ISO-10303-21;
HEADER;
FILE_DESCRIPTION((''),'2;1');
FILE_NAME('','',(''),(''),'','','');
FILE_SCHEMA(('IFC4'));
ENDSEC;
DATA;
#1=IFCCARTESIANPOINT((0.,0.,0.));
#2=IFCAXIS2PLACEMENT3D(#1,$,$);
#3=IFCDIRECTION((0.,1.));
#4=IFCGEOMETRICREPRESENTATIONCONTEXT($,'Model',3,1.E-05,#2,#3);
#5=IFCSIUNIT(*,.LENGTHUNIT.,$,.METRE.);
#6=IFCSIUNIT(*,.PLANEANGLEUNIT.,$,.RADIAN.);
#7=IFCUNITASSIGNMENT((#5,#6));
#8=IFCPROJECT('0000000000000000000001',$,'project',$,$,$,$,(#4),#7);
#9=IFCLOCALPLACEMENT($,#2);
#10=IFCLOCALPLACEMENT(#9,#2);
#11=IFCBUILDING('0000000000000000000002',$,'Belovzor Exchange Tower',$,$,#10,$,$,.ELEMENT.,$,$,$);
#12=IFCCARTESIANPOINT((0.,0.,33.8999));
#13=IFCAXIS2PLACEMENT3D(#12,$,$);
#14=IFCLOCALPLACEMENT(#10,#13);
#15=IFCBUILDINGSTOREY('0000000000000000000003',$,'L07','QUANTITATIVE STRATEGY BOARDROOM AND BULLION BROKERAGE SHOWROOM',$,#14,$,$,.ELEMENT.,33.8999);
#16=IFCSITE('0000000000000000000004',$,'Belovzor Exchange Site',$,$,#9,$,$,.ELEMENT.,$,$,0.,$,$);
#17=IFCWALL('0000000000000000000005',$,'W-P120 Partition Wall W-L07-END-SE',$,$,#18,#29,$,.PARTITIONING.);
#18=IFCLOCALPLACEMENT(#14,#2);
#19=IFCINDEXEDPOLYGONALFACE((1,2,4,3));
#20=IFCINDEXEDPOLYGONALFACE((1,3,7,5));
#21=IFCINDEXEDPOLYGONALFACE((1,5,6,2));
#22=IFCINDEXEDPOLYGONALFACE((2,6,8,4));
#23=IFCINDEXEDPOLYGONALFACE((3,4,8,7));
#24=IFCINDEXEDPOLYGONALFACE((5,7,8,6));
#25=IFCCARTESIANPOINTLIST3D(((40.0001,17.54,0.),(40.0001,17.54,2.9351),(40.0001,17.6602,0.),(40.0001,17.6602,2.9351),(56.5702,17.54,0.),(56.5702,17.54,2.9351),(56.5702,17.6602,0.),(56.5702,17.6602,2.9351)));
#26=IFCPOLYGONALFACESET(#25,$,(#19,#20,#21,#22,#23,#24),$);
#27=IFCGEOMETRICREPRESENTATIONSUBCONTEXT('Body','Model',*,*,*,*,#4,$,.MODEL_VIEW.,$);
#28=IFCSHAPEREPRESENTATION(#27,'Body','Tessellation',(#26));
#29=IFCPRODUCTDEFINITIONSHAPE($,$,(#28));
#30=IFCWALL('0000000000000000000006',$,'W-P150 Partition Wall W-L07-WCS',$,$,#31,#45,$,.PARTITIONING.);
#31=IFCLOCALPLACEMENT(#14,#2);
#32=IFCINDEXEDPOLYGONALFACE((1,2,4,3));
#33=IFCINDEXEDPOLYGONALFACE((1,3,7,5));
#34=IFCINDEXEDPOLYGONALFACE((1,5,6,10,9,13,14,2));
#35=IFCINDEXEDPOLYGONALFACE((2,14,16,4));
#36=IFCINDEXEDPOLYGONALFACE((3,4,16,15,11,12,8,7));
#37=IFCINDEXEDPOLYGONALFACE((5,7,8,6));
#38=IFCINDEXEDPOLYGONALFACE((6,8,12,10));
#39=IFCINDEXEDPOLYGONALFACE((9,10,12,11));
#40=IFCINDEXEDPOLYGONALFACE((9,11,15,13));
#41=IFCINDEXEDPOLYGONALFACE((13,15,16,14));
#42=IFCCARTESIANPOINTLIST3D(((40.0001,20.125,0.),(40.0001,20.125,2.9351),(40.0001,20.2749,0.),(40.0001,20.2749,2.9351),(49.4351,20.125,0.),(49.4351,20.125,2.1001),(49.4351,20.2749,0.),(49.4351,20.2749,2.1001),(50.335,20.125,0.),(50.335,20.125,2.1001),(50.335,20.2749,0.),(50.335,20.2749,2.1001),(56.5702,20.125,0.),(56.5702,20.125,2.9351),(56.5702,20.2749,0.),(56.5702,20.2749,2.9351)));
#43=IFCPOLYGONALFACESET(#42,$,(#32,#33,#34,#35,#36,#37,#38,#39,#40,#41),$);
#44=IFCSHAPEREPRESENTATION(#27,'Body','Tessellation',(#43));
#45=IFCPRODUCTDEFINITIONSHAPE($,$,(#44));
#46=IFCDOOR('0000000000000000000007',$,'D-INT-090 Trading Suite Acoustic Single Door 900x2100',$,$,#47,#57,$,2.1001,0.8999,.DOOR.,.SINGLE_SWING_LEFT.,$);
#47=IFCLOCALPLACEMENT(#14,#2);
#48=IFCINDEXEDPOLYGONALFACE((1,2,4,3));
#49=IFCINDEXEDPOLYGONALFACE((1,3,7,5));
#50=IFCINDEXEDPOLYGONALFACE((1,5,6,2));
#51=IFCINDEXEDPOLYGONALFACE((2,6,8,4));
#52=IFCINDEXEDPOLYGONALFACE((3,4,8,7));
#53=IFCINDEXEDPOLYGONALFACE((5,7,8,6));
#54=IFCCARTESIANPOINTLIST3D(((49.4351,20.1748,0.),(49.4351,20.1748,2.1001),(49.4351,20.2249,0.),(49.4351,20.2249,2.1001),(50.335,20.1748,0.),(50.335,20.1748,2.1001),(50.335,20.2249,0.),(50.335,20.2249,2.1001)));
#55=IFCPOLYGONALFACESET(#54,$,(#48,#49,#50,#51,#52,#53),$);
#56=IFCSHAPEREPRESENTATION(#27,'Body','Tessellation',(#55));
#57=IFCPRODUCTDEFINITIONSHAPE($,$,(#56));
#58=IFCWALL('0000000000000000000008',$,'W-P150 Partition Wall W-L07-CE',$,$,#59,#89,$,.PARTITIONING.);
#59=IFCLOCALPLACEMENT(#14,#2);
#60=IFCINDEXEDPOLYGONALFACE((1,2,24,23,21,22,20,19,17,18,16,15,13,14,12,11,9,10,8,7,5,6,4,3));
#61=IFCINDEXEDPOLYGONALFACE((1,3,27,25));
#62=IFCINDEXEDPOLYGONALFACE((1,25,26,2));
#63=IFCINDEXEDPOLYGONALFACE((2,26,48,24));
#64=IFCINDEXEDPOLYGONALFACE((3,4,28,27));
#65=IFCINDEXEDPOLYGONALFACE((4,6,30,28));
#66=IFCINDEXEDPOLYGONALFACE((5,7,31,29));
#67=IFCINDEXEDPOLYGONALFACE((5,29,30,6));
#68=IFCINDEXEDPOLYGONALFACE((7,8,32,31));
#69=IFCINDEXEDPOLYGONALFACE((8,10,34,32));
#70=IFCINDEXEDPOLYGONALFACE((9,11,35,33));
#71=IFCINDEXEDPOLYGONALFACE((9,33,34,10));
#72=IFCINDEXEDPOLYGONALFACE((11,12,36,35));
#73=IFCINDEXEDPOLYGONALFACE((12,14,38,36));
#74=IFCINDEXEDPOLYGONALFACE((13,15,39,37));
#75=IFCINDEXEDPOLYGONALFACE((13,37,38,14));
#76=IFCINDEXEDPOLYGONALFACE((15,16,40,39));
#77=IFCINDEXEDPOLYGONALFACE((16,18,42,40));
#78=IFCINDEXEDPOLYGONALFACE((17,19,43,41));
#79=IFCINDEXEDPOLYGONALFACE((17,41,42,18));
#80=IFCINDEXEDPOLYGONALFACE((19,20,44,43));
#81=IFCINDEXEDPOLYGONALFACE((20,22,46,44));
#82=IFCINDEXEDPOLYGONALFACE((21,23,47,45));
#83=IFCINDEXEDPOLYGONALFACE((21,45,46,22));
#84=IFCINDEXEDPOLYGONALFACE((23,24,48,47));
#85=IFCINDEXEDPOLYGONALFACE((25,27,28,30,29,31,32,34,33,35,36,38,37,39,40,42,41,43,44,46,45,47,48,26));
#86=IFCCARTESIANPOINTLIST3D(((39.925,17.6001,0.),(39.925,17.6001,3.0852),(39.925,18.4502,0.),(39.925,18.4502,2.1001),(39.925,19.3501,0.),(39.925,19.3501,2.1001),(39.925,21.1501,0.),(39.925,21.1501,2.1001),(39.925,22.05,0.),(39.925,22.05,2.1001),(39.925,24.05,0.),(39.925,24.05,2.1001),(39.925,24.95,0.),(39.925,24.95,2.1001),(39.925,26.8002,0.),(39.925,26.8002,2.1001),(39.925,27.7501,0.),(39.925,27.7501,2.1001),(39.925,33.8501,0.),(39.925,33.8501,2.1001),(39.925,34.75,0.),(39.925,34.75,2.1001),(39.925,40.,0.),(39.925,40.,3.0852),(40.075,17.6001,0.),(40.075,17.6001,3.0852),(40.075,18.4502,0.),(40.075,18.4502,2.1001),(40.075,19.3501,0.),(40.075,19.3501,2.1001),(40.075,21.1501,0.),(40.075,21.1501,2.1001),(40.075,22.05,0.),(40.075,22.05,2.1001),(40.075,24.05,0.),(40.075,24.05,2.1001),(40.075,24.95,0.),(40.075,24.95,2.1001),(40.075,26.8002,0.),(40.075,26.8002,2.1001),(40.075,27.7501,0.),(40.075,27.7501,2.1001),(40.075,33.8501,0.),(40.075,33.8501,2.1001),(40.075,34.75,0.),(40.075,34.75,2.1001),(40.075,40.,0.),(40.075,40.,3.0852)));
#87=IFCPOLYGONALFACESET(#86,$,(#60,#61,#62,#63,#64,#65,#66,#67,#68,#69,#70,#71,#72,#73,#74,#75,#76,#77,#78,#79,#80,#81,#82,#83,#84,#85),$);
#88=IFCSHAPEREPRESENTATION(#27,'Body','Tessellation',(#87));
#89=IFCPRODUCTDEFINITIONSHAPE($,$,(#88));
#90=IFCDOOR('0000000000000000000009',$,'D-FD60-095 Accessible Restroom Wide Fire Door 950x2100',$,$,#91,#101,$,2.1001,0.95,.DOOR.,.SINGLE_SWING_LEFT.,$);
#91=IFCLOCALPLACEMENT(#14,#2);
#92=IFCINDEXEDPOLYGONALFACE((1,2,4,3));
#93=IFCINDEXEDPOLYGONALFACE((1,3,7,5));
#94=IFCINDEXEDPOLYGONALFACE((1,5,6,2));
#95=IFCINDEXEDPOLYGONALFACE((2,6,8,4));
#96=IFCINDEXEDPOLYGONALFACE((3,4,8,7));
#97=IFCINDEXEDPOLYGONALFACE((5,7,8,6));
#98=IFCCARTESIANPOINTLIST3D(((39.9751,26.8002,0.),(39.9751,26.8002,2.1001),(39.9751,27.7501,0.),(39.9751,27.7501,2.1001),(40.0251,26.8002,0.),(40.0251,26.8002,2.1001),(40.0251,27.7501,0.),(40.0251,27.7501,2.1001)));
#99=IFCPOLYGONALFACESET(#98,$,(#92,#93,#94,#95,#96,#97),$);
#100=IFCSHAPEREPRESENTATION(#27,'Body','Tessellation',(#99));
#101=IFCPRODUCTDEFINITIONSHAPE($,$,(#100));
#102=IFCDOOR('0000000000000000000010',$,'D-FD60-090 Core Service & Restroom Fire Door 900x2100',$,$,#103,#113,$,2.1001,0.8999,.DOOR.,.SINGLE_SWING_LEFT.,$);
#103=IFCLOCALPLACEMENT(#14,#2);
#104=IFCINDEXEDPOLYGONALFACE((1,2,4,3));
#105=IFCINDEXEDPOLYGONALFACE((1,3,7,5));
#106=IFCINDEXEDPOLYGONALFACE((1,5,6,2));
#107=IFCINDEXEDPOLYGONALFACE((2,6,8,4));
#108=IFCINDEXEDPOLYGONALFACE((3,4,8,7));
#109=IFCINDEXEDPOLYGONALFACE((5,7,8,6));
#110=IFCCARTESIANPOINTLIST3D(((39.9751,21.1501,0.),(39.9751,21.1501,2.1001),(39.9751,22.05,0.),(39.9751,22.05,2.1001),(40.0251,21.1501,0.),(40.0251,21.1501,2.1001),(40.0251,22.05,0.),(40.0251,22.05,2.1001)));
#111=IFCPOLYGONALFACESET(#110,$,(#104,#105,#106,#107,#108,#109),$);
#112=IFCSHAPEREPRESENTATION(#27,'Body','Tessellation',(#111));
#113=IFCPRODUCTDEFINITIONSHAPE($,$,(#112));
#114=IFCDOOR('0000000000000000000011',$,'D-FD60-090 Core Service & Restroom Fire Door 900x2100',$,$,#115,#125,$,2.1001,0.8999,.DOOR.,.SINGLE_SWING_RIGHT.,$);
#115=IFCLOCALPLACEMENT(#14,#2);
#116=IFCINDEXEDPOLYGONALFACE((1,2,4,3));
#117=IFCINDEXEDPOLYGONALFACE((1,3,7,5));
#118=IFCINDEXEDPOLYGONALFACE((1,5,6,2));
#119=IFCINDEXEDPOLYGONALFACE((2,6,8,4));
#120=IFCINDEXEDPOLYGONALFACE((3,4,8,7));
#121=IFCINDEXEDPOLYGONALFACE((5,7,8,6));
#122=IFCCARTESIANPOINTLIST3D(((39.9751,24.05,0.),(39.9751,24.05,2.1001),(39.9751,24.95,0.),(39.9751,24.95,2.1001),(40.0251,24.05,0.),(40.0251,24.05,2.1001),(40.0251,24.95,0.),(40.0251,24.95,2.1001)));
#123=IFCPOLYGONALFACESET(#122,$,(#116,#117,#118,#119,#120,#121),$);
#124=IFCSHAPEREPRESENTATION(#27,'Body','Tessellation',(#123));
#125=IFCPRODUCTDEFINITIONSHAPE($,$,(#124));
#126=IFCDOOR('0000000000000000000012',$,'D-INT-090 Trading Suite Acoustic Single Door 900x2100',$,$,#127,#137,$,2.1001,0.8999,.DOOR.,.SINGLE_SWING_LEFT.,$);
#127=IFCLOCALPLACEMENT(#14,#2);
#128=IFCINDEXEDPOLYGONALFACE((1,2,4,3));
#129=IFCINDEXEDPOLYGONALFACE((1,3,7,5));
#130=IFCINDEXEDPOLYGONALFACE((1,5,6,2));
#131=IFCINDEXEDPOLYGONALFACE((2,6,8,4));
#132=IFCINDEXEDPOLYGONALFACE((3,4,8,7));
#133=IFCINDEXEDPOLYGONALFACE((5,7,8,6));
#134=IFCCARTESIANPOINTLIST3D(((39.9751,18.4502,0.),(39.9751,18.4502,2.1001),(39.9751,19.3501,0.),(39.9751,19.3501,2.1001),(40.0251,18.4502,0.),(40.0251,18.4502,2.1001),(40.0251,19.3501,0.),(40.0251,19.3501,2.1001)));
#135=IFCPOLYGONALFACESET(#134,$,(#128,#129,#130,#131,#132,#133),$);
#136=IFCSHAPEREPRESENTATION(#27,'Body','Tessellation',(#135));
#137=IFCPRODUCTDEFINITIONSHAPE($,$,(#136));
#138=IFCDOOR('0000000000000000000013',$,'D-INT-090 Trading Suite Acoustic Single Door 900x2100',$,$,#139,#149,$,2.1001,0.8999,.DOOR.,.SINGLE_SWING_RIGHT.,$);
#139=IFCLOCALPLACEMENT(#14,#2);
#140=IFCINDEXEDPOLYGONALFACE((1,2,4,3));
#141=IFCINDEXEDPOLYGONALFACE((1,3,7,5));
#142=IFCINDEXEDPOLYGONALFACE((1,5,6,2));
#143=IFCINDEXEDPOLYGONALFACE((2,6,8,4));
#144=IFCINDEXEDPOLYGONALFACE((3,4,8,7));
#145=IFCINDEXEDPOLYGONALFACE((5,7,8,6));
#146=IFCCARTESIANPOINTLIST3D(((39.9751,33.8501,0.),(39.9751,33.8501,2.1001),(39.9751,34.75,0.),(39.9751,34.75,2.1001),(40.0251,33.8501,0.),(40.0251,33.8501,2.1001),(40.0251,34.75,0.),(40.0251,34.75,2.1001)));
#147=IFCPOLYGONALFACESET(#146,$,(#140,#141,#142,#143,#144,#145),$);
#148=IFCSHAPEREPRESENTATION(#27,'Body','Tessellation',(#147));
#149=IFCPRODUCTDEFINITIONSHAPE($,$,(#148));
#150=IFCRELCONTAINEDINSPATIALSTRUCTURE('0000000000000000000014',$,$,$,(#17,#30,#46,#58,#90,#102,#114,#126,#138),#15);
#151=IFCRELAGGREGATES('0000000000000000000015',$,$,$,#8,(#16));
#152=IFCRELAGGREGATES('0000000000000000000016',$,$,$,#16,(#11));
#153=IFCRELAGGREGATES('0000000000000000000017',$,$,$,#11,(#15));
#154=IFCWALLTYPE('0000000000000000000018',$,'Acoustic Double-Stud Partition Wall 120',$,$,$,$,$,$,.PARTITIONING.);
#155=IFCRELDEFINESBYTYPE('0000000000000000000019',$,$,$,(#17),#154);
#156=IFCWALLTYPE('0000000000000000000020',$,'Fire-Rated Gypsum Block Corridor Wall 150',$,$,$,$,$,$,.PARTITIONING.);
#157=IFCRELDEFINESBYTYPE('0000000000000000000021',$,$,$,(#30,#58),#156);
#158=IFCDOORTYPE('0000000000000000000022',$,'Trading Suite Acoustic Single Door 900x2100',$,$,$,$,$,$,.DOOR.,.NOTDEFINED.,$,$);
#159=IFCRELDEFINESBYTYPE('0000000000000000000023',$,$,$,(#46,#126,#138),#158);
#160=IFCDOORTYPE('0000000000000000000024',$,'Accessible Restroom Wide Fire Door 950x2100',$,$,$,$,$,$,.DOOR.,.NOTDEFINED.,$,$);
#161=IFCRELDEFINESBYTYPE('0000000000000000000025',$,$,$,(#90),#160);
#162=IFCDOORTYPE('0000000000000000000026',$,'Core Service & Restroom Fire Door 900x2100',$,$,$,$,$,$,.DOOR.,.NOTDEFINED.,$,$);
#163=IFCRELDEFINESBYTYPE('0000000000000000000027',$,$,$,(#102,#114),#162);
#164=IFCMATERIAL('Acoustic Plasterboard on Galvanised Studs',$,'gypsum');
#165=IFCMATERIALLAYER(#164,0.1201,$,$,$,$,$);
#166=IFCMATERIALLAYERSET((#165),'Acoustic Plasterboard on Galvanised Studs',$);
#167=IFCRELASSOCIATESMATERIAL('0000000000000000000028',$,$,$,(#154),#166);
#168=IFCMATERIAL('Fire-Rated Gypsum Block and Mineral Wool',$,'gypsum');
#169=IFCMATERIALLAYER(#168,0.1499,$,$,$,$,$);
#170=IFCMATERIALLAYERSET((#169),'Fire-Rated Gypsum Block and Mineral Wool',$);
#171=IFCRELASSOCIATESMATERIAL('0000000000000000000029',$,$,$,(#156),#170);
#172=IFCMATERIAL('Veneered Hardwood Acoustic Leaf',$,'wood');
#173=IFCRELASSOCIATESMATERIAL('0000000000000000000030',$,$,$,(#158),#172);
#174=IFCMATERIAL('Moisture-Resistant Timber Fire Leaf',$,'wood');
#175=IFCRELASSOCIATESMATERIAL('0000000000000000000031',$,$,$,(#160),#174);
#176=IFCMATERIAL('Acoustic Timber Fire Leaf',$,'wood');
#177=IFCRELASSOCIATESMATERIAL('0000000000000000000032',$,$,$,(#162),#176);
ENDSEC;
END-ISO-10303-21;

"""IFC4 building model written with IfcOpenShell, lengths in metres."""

from ifc_helpers import new_model, si_unit, direction, frame, frame_2d, origin, place, context, subcontext, project, spatial, rectangle, extrude, material, layer, layer_set, type_object, element, fill, save


model = new_model("IFC4")

# Units and contexts
model_context = context("Model", 3, precision=1e-05, world=origin(), true_north=direction((0.0, 1.0)))
body_context = subcontext(model_context, "Body", "Model", "MODEL_VIEW")
ifc_project = project(units=[si_unit("LENGTHUNIT", "METRE"), si_unit("PLANEANGLEUNIT", "RADIAN")], contexts=[model_context])

# Site, building, storey
site_placement = place(None, origin())
site = spatial("IfcSite", under=ifc_project, at=site_placement, Name="Belovzor Exchange Site", CompositionType="ELEMENT", RefElevation=0.0)
building_placement = place(site_placement, origin())
building = spatial("IfcBuilding", under=site, at=building_placement, Name="Belovzor Exchange Tower", CompositionType="ELEMENT")
storey_placement = place(building_placement, frame((0.0, 0.0, 33.8999)))
storey = spatial("IfcBuildingStorey", under=building, at=storey_placement, Name="L07", Description="QUANTITATIVE STRATEGY BOARDROOM AND BULLION BROKERAGE SHOWROOM", CompositionType="ELEMENT", Elevation=33.8999)

# Wall
ifc_material_1 = material(Name="Acoustic Plasterboard on Galvanised Studs", Category="gypsum")
ifc_layer_1 = layer(ifc_material_1, 0.1201)
ifc_layer_set_1 = layer_set([ifc_layer_1], Name="Acoustic Plasterboard on Galvanised Studs")
wall_type_1 = type_object("IfcWallType", Name="Acoustic Double-Stud Partition Wall 120", PredefinedType="PARTITIONING", material=ifc_layer_set_1)
wall_1_placement = place(storey_placement, frame((40.0, 17.6001, 0.0), z_axis=(0.0, 0.0, 1.0), x_axis=(1.0, 0.0, 0.0)))
element("IfcWall", 1, at=wall_1_placement, inside=storey, type_object=wall_type_1, Name="W-P120 Partition Wall W-L07-END-SE", PredefinedType="PARTITIONING", context=body_context, shape_type="SweptSolid", body=[
    extrude(rectangle(XDim=16.5701, YDim=0.1201, at=frame_2d((8.2852, 0.0))), origin(), (0.0, 0.0, 1.0), 2.9351),
])

# Wall, opening, door
ifc_material_2 = material(Name="Fire-Rated Gypsum Block and Mineral Wool", Category="gypsum")
ifc_layer_2 = layer(ifc_material_2, 0.1499)
ifc_layer_set_2 = layer_set([ifc_layer_2], Name="Fire-Rated Gypsum Block and Mineral Wool")
wall_type_2 = type_object("IfcWallType", Name="Fire-Rated Gypsum Block Corridor Wall 150", PredefinedType="PARTITIONING", material=ifc_layer_set_2)
wall_2_placement = place(storey_placement, frame((40.0, 20.2, 0.0), z_axis=(0.0, 0.0, 1.0), x_axis=(1.0, 0.0, 0.0)))
wall_2 = element("IfcWall", 2, at=wall_2_placement, inside=storey, type_object=wall_type_2, Name="W-P150 Partition Wall W-L07-WCS", PredefinedType="PARTITIONING", context=body_context, shape_type="SweptSolid", body=[
    extrude(rectangle(XDim=16.5701, YDim=0.1499, at=frame_2d((8.2852, 0.0))), origin(), (0.0, 0.0, 1.0), 2.9351),
])
opening_1_placement = place(wall_2_placement, frame((9.4351, 0.0, 0.0)))
opening_1 = element("IfcOpeningElement", 3, at=opening_1_placement, cuts=wall_2, PredefinedType="OPENING", context=body_context, shape_type="SweptSolid", body=[
    extrude(rectangle(XDim=0.8999, YDim=2.1001, at=frame_2d((0.45, 1.05))), frame((0.0, 0.085, 0.0), z_axis=(0.0, -1.0, 0.0), x_axis=(1.0, 0.0, 0.0)), (0.0, 0.0, 1.0), 0.1699),
])
ifc_material_3 = material(Name="Veneered Hardwood Acoustic Leaf", Category="wood")
door_type_1 = type_object("IfcDoorType", Name="Trading Suite Acoustic Single Door 900x2100", OperationType="NOTDEFINED", PredefinedType="DOOR", material=ifc_material_3)
door_1_placement = place(opening_1_placement, origin())
door_1 = element("IfcDoor", 4, at=door_1_placement, inside=storey, type_object=door_type_1, Name="D-INT-090 Trading Suite Acoustic Single Door 900x2100", OperationType="SINGLE_SWING_LEFT", OverallHeight=2.1001, OverallWidth=0.8999, PredefinedType="DOOR", context=body_context, shape_type="SweptSolid", body=[
    extrude(rectangle(XDim=0.8999, YDim=2.1001, at=frame_2d((0.45, 1.05))), frame((0.0, 0.0249, 0.0), z_axis=(0.0, -1.0, 0.0), x_axis=(1.0, 0.0, 0.0)), (0.0, 0.0, 1.0), 0.05),
])
fill(opening_1, door_1)

# Wall, openings, doors
wall_3_placement = place(storey_placement, frame((40.0, 17.6001, 0.0), z_axis=(0.0, 0.0, 1.0), x_axis=(0.0, 1.0, 0.0)))
wall_3 = element("IfcWall", 5, at=wall_3_placement, inside=storey, type_object=wall_type_2, Name="W-P150 Partition Wall W-L07-CE", PredefinedType="PARTITIONING", context=body_context, shape_type="SweptSolid", body=[
    extrude(rectangle(XDim=22.3999, YDim=0.1499, at=frame_2d((11.2, 0.0))), origin(), (0.0, 0.0, 1.0), 3.0852),
])
opening_2_placement = place(wall_3_placement, frame((0.8501, 0.0, 0.0)))
opening_2 = element("IfcOpeningElement", 6, at=opening_2_placement, cuts=wall_3, PredefinedType="OPENING", context=body_context, shape_type="SweptSolid", body=[
    extrude(rectangle(XDim=0.8999, YDim=2.1001, at=frame_2d((0.45, 1.05))), frame((0.0, 0.085, 0.0), z_axis=(0.0, -1.0, 0.0), x_axis=(1.0, 0.0, 0.0)), (0.0, 0.0, 1.0), 0.1699),
])
opening_3_placement = place(wall_3_placement, frame((3.55, 0.0, 0.0)))
opening_3 = element("IfcOpeningElement", 7, at=opening_3_placement, cuts=wall_3, PredefinedType="OPENING", context=body_context, shape_type="SweptSolid", body=[
    extrude(rectangle(XDim=0.8999, YDim=2.1001, at=frame_2d((0.45, 1.05))), frame((0.0, 0.085, 0.0), z_axis=(0.0, -1.0, 0.0), x_axis=(1.0, 0.0, 0.0)), (0.0, 0.0, 1.0), 0.1699),
])
opening_4_placement = place(wall_3_placement, frame((6.45, 0.0, 0.0)))
opening_4 = element("IfcOpeningElement", 8, at=opening_4_placement, cuts=wall_3, PredefinedType="OPENING", context=body_context, shape_type="SweptSolid", body=[
    extrude(rectangle(XDim=0.8999, YDim=2.1001, at=frame_2d((0.45, 1.05))), frame((0.0, 0.085, 0.0), z_axis=(0.0, -1.0, 0.0), x_axis=(1.0, 0.0, 0.0)), (0.0, 0.0, 1.0), 0.1699),
])
opening_5_placement = place(wall_3_placement, frame((9.2, 0.0, 0.0)))
opening_5 = element("IfcOpeningElement", 9, at=opening_5_placement, cuts=wall_3, PredefinedType="OPENING", context=body_context, shape_type="SweptSolid", body=[
    extrude(rectangle(XDim=0.95, YDim=2.1001, at=frame_2d((0.4751, 1.05))), frame((0.0, 0.085, 0.0), z_axis=(0.0, -1.0, 0.0), x_axis=(1.0, 0.0, 0.0)), (0.0, 0.0, 1.0), 0.1699),
])
opening_6_placement = place(wall_3_placement, frame((16.25, 0.0, 0.0)))
opening_6 = element("IfcOpeningElement", 10, at=opening_6_placement, cuts=wall_3, PredefinedType="OPENING", context=body_context, shape_type="SweptSolid", body=[
    extrude(rectangle(XDim=0.8999, YDim=2.1001, at=frame_2d((0.45, 1.05))), frame((0.0, 0.085, 0.0), z_axis=(0.0, -1.0, 0.0), x_axis=(1.0, 0.0, 0.0)), (0.0, 0.0, 1.0), 0.1699),
])
ifc_material_4 = material(Name="Moisture-Resistant Timber Fire Leaf", Category="wood")
door_type_2 = type_object("IfcDoorType", Name="Accessible Restroom Wide Fire Door 950x2100", OperationType="NOTDEFINED", PredefinedType="DOOR", material=ifc_material_4)
door_2_placement = place(opening_5_placement, origin())
door_2 = element("IfcDoor", 11, at=door_2_placement, inside=storey, type_object=door_type_2, Name="D-FD60-095 Accessible Restroom Wide Fire Door 950x2100", OperationType="SINGLE_SWING_LEFT", OverallHeight=2.1001, OverallWidth=0.95, PredefinedType="DOOR", context=body_context, shape_type="SweptSolid", body=[
    extrude(rectangle(XDim=0.95, YDim=2.1001, at=frame_2d((0.4751, 1.05))), frame((0.0, 0.0249, 0.0), z_axis=(0.0, -1.0, 0.0), x_axis=(1.0, 0.0, 0.0)), (0.0, 0.0, 1.0), 0.05),
])
fill(opening_5, door_2)
ifc_material_5 = material(Name="Acoustic Timber Fire Leaf", Category="wood")
door_type_3 = type_object("IfcDoorType", Name="Core Service & Restroom Fire Door 900x2100", OperationType="NOTDEFINED", PredefinedType="DOOR", material=ifc_material_5)
door_3_placement = place(opening_3_placement, origin())
door_3 = element("IfcDoor", 12, at=door_3_placement, inside=storey, type_object=door_type_3, Name="D-FD60-090 Core Service & Restroom Fire Door 900x2100", OperationType="SINGLE_SWING_LEFT", OverallHeight=2.1001, OverallWidth=0.8999, PredefinedType="DOOR", context=body_context, shape_type="SweptSolid", body=[
    extrude(rectangle(XDim=0.8999, YDim=2.1001, at=frame_2d((0.45, 1.05))), frame((0.0, 0.0249, 0.0), z_axis=(0.0, -1.0, 0.0), x_axis=(1.0, 0.0, 0.0)), (0.0, 0.0, 1.0), 0.05),
])
fill(opening_3, door_3)
door_4_placement = place(opening_4_placement, origin())
door_4 = element("IfcDoor", 13, at=door_4_placement, inside=storey, type_object=door_type_3, Name="D-FD60-090 Core Service & Restroom Fire Door 900x2100", OperationType="SINGLE_SWING_RIGHT", OverallHeight=2.1001, OverallWidth=0.8999, PredefinedType="DOOR", context=body_context, shape_type="SweptSolid", body=[
    extrude(rectangle(XDim=0.8999, YDim=2.1001, at=frame_2d((0.45, 1.05))), frame((0.0, 0.0249, 0.0), z_axis=(0.0, -1.0, 0.0), x_axis=(1.0, 0.0, 0.0)), (0.0, 0.0, 1.0), 0.05),
])
fill(opening_4, door_4)
door_5_placement = place(opening_2_placement, origin())
door_5 = element("IfcDoor", 14, at=door_5_placement, inside=storey, type_object=door_type_1, Name="D-INT-090 Trading Suite Acoustic Single Door 900x2100", OperationType="SINGLE_SWING_LEFT", OverallHeight=2.1001, OverallWidth=0.8999, PredefinedType="DOOR", context=body_context, shape_type="SweptSolid", body=[
    extrude(rectangle(XDim=0.8999, YDim=2.1001, at=frame_2d((0.45, 1.05))), frame((0.0, 0.0249, 0.0), z_axis=(0.0, -1.0, 0.0), x_axis=(1.0, 0.0, 0.0)), (0.0, 0.0, 1.0), 0.05),
])
fill(opening_2, door_5)
door_6_placement = place(opening_6_placement, origin())
door_6 = element("IfcDoor", 15, at=door_6_placement, inside=storey, type_object=door_type_1, Name="D-INT-090 Trading Suite Acoustic Single Door 900x2100", OperationType="SINGLE_SWING_RIGHT", OverallHeight=2.1001, OverallWidth=0.8999, PredefinedType="DOOR", context=body_context, shape_type="SweptSolid", body=[
    extrude(rectangle(XDim=0.8999, YDim=2.1001, at=frame_2d((0.45, 1.05))), frame((0.0, 0.0249, 0.0), z_axis=(0.0, -1.0, 0.0), x_axis=(1.0, 0.0, 0.0)), (0.0, 0.0, 1.0), 0.05),
])
fill(opening_6, door_6)

save(model, "model.ifc")
